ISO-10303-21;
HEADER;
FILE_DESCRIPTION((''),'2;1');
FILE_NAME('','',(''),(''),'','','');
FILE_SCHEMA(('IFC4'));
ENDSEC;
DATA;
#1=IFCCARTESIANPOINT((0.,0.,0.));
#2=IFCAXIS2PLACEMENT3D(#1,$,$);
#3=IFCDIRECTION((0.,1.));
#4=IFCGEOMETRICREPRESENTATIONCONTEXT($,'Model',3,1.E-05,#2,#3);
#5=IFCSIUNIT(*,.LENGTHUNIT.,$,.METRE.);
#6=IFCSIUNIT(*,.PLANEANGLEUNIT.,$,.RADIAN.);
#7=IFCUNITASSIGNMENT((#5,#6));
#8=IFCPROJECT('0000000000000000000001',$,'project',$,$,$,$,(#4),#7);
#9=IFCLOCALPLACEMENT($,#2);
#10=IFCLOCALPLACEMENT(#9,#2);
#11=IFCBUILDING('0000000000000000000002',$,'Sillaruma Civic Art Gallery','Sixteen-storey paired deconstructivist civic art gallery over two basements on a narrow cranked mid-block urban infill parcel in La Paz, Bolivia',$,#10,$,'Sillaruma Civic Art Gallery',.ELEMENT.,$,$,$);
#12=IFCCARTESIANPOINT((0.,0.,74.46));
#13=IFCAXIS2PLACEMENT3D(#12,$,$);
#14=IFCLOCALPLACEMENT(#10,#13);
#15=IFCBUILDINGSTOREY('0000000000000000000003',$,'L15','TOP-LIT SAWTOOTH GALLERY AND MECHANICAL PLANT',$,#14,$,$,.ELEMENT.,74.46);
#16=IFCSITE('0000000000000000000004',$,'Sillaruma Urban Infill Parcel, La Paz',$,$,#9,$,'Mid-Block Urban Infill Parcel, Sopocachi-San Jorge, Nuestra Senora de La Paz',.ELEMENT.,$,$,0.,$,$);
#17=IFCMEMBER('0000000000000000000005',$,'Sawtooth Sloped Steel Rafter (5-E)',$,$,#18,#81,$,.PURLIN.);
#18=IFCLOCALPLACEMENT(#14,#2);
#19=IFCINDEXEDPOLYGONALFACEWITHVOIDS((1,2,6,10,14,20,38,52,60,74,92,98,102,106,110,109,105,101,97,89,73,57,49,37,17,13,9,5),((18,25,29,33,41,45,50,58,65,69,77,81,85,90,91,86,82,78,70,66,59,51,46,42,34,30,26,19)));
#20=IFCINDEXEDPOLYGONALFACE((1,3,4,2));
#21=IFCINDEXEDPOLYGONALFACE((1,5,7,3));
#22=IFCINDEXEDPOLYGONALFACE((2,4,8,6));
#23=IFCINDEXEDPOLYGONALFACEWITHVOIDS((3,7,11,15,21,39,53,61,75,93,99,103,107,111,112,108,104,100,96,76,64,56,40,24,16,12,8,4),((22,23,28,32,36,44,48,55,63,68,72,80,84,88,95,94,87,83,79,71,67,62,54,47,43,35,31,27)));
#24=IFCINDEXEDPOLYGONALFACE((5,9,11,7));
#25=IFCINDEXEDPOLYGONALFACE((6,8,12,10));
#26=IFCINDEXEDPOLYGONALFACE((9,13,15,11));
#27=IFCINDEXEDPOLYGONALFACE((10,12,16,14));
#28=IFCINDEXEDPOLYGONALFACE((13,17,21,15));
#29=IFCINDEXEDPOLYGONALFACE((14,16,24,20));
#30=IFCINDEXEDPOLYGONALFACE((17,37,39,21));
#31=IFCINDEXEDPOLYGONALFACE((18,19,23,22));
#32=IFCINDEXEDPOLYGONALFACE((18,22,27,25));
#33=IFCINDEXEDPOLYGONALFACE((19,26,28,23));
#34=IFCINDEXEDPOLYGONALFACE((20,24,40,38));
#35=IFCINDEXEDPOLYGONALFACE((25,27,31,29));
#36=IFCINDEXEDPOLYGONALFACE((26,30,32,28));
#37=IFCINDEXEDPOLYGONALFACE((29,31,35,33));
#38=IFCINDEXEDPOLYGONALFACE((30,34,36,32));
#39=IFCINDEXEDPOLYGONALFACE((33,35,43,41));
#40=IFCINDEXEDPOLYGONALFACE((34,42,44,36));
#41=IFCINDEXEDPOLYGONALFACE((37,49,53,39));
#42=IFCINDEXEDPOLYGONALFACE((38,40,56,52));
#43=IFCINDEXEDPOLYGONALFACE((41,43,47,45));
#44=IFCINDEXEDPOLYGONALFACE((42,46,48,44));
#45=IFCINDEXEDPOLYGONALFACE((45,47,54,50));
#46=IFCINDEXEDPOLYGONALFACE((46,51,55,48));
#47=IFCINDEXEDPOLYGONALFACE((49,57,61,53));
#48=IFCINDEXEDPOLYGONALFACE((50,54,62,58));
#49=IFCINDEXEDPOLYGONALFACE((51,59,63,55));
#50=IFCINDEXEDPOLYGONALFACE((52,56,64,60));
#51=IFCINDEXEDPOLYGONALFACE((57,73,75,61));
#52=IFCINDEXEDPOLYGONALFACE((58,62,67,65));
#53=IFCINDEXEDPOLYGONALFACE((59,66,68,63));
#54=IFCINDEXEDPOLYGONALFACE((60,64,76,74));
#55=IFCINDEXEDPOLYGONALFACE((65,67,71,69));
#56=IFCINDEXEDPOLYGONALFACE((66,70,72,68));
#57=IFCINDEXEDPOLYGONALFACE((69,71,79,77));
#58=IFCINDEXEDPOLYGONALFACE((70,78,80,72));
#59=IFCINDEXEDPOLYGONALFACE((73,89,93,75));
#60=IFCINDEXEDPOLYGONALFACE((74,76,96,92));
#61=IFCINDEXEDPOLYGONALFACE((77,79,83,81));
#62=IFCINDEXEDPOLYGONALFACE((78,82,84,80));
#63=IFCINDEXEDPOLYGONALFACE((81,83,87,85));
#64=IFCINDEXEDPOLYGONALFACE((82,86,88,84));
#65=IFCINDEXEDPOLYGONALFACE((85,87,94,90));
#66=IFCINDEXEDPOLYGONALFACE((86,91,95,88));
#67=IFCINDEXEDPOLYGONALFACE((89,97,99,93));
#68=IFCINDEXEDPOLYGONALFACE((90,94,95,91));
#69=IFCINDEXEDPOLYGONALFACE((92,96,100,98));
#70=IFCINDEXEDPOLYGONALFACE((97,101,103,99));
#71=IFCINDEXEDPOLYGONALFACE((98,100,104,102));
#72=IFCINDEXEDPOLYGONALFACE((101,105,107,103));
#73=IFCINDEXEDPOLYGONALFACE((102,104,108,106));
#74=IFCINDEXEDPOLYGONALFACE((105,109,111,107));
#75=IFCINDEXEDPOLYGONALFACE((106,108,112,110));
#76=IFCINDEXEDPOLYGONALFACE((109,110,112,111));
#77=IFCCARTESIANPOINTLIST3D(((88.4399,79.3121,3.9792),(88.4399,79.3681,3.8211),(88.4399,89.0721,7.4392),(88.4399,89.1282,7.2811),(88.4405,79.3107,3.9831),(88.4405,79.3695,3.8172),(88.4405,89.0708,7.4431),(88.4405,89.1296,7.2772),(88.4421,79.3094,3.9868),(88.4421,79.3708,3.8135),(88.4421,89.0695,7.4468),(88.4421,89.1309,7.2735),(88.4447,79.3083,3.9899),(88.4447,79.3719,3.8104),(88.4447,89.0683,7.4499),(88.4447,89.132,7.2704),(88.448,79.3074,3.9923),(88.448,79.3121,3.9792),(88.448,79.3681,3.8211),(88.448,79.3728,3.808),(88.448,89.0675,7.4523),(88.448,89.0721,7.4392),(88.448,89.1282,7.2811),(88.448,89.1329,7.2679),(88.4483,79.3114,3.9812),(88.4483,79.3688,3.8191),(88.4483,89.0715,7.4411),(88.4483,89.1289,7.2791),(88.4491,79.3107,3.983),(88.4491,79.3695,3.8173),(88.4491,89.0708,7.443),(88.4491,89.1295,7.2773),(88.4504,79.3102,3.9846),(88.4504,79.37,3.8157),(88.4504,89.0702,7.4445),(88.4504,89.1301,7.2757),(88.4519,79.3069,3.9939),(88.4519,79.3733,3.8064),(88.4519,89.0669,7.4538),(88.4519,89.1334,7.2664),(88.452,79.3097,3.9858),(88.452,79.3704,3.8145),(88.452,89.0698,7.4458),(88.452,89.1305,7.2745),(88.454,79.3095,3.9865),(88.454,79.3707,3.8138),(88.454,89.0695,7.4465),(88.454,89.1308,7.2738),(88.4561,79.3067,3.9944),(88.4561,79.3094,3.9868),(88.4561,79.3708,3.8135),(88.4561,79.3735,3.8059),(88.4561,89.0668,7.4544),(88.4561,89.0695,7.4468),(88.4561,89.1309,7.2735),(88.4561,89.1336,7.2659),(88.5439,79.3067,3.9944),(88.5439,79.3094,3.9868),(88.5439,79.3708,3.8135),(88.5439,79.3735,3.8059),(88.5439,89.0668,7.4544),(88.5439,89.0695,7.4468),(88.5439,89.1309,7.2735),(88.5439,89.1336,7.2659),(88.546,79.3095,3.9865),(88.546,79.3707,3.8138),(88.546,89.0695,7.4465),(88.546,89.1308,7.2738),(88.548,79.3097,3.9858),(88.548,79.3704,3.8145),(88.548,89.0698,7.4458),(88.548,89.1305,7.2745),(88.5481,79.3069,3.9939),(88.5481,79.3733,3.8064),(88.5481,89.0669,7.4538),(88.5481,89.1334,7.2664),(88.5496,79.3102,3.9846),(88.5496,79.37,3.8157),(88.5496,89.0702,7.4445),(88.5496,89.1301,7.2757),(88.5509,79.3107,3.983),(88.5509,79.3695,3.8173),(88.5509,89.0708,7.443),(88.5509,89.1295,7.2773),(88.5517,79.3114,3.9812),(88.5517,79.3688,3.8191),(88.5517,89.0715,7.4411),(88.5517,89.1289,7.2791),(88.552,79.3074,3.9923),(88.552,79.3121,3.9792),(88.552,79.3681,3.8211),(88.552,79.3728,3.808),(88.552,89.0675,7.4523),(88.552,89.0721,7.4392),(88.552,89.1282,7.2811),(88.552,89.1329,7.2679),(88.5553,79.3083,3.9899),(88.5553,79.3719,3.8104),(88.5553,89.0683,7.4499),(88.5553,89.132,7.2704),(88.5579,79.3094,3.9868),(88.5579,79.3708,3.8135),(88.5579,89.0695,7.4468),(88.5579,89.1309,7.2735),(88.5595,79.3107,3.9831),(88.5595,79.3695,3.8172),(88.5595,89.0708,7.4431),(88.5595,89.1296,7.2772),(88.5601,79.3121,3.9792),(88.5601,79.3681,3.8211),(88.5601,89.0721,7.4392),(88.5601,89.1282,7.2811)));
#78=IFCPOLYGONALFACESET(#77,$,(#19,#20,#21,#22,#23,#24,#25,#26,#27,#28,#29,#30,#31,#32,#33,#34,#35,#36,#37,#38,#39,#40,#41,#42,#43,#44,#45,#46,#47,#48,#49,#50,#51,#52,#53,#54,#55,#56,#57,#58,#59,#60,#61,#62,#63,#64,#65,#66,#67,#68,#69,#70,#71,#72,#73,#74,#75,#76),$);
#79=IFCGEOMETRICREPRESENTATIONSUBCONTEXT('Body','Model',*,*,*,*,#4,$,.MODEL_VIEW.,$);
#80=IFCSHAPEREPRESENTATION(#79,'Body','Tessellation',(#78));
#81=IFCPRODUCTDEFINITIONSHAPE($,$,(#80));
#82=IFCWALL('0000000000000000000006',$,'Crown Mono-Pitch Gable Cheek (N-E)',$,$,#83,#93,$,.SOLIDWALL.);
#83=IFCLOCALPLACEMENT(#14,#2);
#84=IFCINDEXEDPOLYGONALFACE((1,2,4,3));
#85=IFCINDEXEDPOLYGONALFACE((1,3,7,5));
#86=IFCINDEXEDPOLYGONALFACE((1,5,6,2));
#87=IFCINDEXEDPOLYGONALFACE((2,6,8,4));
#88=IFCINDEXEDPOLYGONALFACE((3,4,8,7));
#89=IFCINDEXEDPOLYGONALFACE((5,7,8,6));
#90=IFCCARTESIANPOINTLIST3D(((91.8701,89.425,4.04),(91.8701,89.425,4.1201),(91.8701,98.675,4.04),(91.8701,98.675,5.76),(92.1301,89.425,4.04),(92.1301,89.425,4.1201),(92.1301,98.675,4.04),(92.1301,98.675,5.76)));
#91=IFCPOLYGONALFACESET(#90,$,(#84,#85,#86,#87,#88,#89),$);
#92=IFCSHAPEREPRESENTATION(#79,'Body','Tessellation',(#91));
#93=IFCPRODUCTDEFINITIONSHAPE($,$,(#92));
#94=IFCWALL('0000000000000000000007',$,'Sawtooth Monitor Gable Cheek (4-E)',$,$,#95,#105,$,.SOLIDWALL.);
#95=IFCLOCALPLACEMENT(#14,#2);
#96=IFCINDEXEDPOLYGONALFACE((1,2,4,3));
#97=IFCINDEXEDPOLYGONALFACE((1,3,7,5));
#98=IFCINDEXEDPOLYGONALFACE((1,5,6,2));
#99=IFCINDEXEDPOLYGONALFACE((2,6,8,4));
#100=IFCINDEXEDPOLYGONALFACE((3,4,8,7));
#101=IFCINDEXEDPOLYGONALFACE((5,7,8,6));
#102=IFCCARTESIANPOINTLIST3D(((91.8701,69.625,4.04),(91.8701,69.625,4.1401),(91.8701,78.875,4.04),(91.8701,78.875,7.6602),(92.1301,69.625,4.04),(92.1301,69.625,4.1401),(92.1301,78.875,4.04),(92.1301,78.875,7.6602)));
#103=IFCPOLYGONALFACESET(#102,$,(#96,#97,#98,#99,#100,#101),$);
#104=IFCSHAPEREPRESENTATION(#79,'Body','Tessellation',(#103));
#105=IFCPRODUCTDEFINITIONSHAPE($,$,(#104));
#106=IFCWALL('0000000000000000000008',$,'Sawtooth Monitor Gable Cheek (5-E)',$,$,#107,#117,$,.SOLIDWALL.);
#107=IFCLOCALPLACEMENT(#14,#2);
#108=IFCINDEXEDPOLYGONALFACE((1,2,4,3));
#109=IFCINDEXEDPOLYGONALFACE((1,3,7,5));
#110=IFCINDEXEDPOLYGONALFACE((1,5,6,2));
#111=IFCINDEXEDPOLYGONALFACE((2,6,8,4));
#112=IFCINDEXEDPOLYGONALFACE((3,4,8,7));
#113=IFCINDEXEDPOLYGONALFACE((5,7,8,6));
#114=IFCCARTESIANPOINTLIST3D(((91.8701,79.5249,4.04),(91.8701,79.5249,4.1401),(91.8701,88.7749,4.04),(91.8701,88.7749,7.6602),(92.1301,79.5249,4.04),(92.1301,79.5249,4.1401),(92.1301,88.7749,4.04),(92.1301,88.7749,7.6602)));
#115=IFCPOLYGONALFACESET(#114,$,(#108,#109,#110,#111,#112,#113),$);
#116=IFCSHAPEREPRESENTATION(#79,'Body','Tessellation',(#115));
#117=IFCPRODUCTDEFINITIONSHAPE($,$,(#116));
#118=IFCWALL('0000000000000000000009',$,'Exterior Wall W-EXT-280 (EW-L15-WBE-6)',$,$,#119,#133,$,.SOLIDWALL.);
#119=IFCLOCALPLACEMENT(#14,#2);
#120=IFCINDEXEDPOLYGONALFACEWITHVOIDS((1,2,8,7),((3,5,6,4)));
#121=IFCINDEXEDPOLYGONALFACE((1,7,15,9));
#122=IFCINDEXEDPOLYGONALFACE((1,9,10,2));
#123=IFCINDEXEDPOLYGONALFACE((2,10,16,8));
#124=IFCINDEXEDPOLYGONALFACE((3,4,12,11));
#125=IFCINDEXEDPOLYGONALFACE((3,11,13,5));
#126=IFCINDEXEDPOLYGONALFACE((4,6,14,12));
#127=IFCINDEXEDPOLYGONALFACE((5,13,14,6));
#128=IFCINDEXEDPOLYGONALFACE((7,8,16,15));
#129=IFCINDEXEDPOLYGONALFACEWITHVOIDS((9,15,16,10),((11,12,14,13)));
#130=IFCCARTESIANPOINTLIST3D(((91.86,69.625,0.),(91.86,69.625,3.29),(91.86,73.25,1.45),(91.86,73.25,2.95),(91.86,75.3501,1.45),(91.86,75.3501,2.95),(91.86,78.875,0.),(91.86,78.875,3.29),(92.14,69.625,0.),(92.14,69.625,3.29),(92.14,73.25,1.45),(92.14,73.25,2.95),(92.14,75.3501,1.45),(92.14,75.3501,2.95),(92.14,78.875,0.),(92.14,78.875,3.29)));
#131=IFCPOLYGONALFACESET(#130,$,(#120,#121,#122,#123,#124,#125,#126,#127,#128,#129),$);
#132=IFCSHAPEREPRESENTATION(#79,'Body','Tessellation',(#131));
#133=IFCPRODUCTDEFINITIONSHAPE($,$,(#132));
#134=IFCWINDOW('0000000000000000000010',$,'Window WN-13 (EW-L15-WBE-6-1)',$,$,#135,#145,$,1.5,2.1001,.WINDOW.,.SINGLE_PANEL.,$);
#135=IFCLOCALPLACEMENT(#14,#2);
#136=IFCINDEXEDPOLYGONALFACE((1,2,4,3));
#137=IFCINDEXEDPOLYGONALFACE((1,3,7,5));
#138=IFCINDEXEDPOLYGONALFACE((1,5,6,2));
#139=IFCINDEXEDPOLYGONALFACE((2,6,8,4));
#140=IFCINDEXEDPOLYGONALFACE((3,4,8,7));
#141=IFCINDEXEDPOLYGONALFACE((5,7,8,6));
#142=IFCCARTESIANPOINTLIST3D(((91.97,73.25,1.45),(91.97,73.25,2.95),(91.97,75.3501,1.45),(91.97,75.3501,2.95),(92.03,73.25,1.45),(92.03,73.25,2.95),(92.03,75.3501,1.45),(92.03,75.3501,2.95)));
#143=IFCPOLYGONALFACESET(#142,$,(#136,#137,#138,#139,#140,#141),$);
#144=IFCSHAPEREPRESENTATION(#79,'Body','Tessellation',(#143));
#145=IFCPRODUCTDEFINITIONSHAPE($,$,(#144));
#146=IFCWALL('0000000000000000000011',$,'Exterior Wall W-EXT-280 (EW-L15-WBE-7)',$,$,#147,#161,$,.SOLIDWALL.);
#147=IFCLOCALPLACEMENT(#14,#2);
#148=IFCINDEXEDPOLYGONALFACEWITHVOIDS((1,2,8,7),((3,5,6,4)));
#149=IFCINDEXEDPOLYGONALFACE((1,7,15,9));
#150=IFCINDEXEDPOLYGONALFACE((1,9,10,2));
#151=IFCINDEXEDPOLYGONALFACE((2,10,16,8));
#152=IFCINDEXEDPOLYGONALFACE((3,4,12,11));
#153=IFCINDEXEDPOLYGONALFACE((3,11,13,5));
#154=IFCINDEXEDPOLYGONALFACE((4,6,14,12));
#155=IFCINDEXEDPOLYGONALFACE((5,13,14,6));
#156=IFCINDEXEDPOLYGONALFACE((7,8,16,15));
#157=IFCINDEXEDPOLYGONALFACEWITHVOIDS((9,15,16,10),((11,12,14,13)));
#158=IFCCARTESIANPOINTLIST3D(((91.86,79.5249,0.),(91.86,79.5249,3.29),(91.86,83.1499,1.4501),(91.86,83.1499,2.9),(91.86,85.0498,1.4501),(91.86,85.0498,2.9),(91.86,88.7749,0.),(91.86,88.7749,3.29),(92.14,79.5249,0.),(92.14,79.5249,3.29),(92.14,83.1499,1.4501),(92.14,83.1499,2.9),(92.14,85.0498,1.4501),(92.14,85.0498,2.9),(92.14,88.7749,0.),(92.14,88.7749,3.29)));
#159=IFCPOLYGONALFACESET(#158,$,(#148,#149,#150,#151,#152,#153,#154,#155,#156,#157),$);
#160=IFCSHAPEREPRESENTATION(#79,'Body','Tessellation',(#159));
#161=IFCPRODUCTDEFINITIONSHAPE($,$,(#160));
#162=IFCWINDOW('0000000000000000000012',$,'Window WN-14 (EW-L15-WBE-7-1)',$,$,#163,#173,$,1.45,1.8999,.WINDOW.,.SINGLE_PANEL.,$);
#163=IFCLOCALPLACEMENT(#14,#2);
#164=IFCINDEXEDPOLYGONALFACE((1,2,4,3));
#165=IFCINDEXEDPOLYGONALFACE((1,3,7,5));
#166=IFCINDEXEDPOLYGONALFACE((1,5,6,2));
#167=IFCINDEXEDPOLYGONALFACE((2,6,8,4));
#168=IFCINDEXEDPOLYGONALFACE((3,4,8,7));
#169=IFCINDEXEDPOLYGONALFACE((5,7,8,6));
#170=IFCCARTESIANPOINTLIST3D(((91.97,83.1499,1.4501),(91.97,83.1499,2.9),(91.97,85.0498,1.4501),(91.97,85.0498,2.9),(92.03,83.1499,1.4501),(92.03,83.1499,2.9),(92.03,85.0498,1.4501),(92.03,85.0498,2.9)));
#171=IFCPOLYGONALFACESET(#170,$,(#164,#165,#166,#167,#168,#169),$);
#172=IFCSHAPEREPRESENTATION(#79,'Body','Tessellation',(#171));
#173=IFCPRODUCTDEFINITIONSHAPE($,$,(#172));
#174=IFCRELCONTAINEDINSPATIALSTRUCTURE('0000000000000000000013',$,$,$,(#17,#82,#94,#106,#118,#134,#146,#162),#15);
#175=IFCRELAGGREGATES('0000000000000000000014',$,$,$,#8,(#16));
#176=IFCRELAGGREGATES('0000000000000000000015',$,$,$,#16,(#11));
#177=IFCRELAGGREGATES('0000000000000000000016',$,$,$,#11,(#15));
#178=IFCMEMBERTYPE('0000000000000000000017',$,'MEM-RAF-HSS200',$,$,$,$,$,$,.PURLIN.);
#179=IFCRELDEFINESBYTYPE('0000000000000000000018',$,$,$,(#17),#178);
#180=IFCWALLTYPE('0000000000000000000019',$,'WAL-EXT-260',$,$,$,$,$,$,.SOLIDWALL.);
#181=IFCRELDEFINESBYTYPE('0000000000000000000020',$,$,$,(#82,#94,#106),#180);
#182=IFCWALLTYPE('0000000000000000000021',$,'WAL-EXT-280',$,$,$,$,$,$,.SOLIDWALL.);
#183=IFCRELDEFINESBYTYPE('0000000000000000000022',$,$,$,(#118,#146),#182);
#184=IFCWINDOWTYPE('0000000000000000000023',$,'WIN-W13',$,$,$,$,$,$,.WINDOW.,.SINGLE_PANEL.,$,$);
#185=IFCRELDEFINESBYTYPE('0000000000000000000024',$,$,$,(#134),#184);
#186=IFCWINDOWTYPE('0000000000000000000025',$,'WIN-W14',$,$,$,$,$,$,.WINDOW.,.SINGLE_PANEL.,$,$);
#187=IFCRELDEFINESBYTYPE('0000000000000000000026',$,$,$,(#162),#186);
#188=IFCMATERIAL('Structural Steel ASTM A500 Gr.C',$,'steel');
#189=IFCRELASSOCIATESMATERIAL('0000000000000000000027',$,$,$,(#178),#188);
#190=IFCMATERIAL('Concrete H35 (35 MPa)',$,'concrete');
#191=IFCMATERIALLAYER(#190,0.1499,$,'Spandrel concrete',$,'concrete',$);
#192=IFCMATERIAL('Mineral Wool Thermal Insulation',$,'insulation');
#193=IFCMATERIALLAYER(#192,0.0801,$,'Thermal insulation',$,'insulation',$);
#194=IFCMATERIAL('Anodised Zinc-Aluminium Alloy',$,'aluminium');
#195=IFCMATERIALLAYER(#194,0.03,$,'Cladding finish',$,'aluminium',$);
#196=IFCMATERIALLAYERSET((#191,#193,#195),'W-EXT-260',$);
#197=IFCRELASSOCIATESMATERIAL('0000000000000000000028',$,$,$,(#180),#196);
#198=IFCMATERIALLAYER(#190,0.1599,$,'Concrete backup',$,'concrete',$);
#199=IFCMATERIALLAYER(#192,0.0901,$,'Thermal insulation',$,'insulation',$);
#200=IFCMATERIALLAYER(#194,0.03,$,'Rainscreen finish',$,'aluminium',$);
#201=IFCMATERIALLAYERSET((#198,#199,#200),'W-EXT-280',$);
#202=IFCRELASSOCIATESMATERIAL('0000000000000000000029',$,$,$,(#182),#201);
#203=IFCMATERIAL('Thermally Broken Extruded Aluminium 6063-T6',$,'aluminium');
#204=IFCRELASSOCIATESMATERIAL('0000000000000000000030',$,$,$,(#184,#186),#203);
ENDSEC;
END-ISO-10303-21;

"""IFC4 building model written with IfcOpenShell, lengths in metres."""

from ifc_helpers import new_model, si_unit, direction, frame, frame_2d, origin, origin_2d, place, context, subcontext, project, spatial, polyline, rectangle, hollow_rectangle, outline, extrude, material, layer, layer_set, material_profile, profile_set, type_object, element, fill, save


model = new_model("IFC4")

# Units and contexts
model_context = context("Model", 3, precision=1e-05, world=origin(), true_north=direction((0.0, 1.0)))
body_context = subcontext(model_context, "Body", "Model", "MODEL_VIEW")
ifc_project = project(units=[si_unit("LENGTHUNIT", "METRE"), si_unit("PLANEANGLEUNIT", "RADIAN")], contexts=[model_context])

# Site, building, storey
site_placement = place(None, origin())
site = spatial("IfcSite", under=ifc_project, at=site_placement, Name="Sillaruma Urban Infill Parcel, La Paz", LongName="Mid-Block Urban Infill Parcel, Sopocachi-San Jorge, Nuestra Senora de La Paz", CompositionType="ELEMENT", RefElevation=0.0)
building_placement = place(site_placement, origin())
building = spatial("IfcBuilding", under=site, at=building_placement, Name="Sillaruma Civic Art Gallery", Description="Sixteen-storey paired deconstructivist civic art gallery over two basements on a narrow cranked mid-block urban infill parcel in La Paz, Bolivia", LongName="Sillaruma Civic Art Gallery", CompositionType="ELEMENT")
storey_placement = place(building_placement, frame((0.0, 0.0, 74.46)))
storey = spatial("IfcBuildingStorey", under=building, at=storey_placement, Name="L15", Description="TOP-LIT SAWTOOTH GALLERY AND MECHANICAL PLANT", CompositionType="ELEMENT", Elevation=74.46)

# Shared definitions
ifc_material_1 = material(Name="Concrete H35 (35 MPa)", Category="concrete")

# Member
ifc_material_2 = material(Name="Structural Steel ASTM A500 Gr.C", Category="steel")
ifc_material_profile_1 = material_profile(ifc_material_2, hollow_rectangle(XDim=0.1201, YDim=0.2, WallThickness=0.0081, InnerFilletRadius=0.0081, OuterFilletRadius=0.0161, at=origin_2d()), Name="HSS200x120x8")
ifc_profile_set_1 = profile_set([ifc_material_profile_1], Name="Structural Steel ASTM A500 Gr.C")
member_type = type_object("IfcMemberType", Name="MEM-RAF-HSS200", PredefinedType="PURLIN", material=ifc_profile_set_1)
member_1_placement = place(storey_placement, frame((88.5, 79.3401, 3.9001), z_axis=(0.0, 0.942527, 0.33413), x_axis=(-1.0, 0.0, 0.0)))
element("IfcMember", 1, at=member_1_placement, inside=storey, type_object=member_type, Name="Sawtooth Sloped Steel Rafter (5-E)", PredefinedType="PURLIN", context=body_context, shape_type="SweptSolid", body=[
    extrude(hollow_rectangle(XDim=0.1201, YDim=0.2, WallThickness=0.0081, InnerFilletRadius=0.0081, OuterFilletRadius=0.0161, at=origin_2d()), origin(), (0.0, 0.0, 1.0), 10.3552),
])

# Walls
ifc_layer_1 = layer(ifc_material_1, 0.1499, Name="Spandrel concrete", Category="concrete")
ifc_material_3 = material(Name="Mineral Wool Thermal Insulation", Category="insulation")
ifc_layer_2 = layer(ifc_material_3, 0.0801, Name="Thermal insulation", Category="insulation")
ifc_material_4 = material(Name="Anodised Zinc-Aluminium Alloy", Category="aluminium")
ifc_layer_3 = layer(ifc_material_4, 0.03, Name="Cladding finish", Category="aluminium")
ifc_layer_set_1 = layer_set([ifc_layer_1, ifc_layer_2, ifc_layer_3], Name="W-EXT-260")
wall_type_1 = type_object("IfcWallType", Name="WAL-EXT-260", PredefinedType="SOLIDWALL", material=ifc_layer_set_1)
wall_1_placement = place(storey_placement, frame((92.0, 89.425, 4.04), z_axis=(0.0, 0.0, 1.0), x_axis=(0.0, 1.0, 0.0)))
element("IfcWall", 2, at=wall_1_placement, inside=storey, type_object=wall_type_1, Name="Crown Mono-Pitch Gable Cheek (N-E)", PredefinedType="SOLIDWALL", context=body_context, shape_type="SweptSolid", body=[
    extrude(outline(polyline([(0.0, 0.0), (9.25, 0.0), (9.25, 1.72), (0.0, 0.0801), (0.0, 0.0)])), frame((0.0, 0.1299, 0.0), z_axis=(0.0, -1.0, 0.0), x_axis=(1.0, 0.0, 0.0)), (0.0, 0.0, 1.0), 0.26),
])
for number, where, z_axis, x_axis, name in (
    (3, (92.0, 69.625, 4.04), (0.0, 0.0, 1.0), (0.0, 1.0, 0.0), "Sawtooth Monitor Gable Cheek (4-E)"),
    (4, (92.0, 79.5249, 4.04), (0.0, 0.0, 1.0), (0.0, 1.0, 0.0), "Sawtooth Monitor Gable Cheek (5-E)"),
):
    element("IfcWall", number, at=place(storey_placement, frame(where, z_axis=z_axis, x_axis=x_axis)), inside=storey, type_object=wall_type_1, Name=name, PredefinedType="SOLIDWALL", context=body_context, shape_type="SweptSolid", body=[
        extrude(outline(polyline([(0.0, 0.0), (9.25, 0.0), (9.25, 3.6201), (0.0, 0.1001), (0.0, 0.0)])), frame((0.0, 0.1299, 0.0), z_axis=(0.0, -1.0, 0.0), x_axis=(1.0, 0.0, 0.0)), (0.0, 0.0, 1.0), 0.26),
    ])

# Walls, openings, windows
ifc_layer_4 = layer(ifc_material_1, 0.1599, Name="Concrete backup", Category="concrete")
ifc_layer_5 = layer(ifc_material_3, 0.0901, Name="Thermal insulation", Category="insulation")
ifc_layer_6 = layer(ifc_material_4, 0.03, Name="Rainscreen finish", Category="aluminium")
ifc_layer_set_2 = layer_set([ifc_layer_4, ifc_layer_5, ifc_layer_6], Name="W-EXT-280")
wall_type_2 = type_object("IfcWallType", Name="WAL-EXT-280", PredefinedType="SOLIDWALL", material=ifc_layer_set_2)
wall_2_placement = place(storey_placement, frame((92.0, 69.625, 0.0), z_axis=(0.0, 0.0, 1.0), x_axis=(0.0, 1.0, 0.0)))
wall_2 = element("IfcWall", 5, at=wall_2_placement, inside=storey, type_object=wall_type_2, Name="Exterior Wall W-EXT-280 (EW-L15-WBE-6)", PredefinedType="SOLIDWALL", context=body_context, shape_type="SweptSolid", body=[
    extrude(rectangle(XDim=9.25, YDim=0.28, at=frame_2d((4.625, 0.0))), origin(), (0.0, 0.0, 1.0), 3.29),
])
opening_1_placement = place(wall_2_placement, frame((3.625, 0.0, 1.45)))
opening_1 = element("IfcOpeningElement", 6, at=opening_1_placement, cuts=wall_2, PredefinedType="OPENING", context=body_context, shape_type="SweptSolid", body=[
    extrude(rectangle(XDim=2.1001, YDim=1.5, at=frame_2d((1.05, 0.75))), frame((0.0, 0.1499, 0.0), z_axis=(0.0, -1.0, 0.0), x_axis=(1.0, 0.0, 0.0)), (0.0, 0.0, 1.0), 0.3),
])
ifc_material_5 = material(Name="Thermally Broken Extruded Aluminium 6063-T6", Category="aluminium")
window_type_1 = type_object("IfcWindowType", Name="WIN-W13", PartitioningType="SINGLE_PANEL", PredefinedType="WINDOW", material=ifc_material_5)
window_1_placement = place(opening_1_placement, origin())
window_1 = element("IfcWindow", 7, at=window_1_placement, inside=storey, type_object=window_type_1, Name="Window WN-13 (EW-L15-WBE-6-1)", OverallHeight=1.5, OverallWidth=2.1001, PartitioningType="SINGLE_PANEL", PredefinedType="WINDOW", context=body_context, shape_type="SweptSolid", body=[
    extrude(rectangle(XDim=2.1001, YDim=1.5, at=frame_2d((1.05, 0.75))), frame((0.0, 0.03, 0.0), z_axis=(0.0, -1.0, 0.0), x_axis=(1.0, 0.0, 0.0)), (0.0, 0.0, 1.0), 0.0601),
])
fill(opening_1, window_1)
wall_3_placement = place(storey_placement, frame((92.0, 79.5249, 0.0), z_axis=(0.0, 0.0, 1.0), x_axis=(0.0, 1.0, 0.0)))
wall_3 = element("IfcWall", 8, at=wall_3_placement, inside=storey, type_object=wall_type_2, Name="Exterior Wall W-EXT-280 (EW-L15-WBE-7)", PredefinedType="SOLIDWALL", context=body_context, shape_type="SweptSolid", body=[
    extrude(rectangle(XDim=9.25, YDim=0.28, at=frame_2d((4.625, 0.0))), origin(), (0.0, 0.0, 1.0), 3.29),
])
opening_2_placement = place(wall_3_placement, frame((3.625, 0.0, 1.45)))
opening_2 = element("IfcOpeningElement", 9, at=opening_2_placement, cuts=wall_3, PredefinedType="OPENING", context=body_context, shape_type="SweptSolid", body=[
    extrude(rectangle(XDim=1.8999, YDim=1.45, at=frame_2d((0.95, 0.7251))), frame((0.0, 0.1499, 0.0), z_axis=(0.0, -1.0, 0.0), x_axis=(1.0, 0.0, 0.0)), (0.0, 0.0, 1.0), 0.3),
])
window_type_2 = type_object("IfcWindowType", Name="WIN-W14", PartitioningType="SINGLE_PANEL", PredefinedType="WINDOW", material=ifc_material_5)
window_2_placement = place(opening_2_placement, origin())
window_2 = element("IfcWindow", 10, at=window_2_placement, inside=storey, type_object=window_type_2, Name="Window WN-14 (EW-L15-WBE-7-1)", OverallHeight=1.45, OverallWidth=1.8999, PartitioningType="SINGLE_PANEL", PredefinedType="WINDOW", context=body_context, shape_type="SweptSolid", body=[
    extrude(rectangle(XDim=1.8999, YDim=1.45, at=frame_2d((0.95, 0.7251))), frame((0.0, 0.03, 0.0), z_axis=(0.0, -1.0, 0.0), x_axis=(1.0, 0.0, 0.0)), (0.0, 0.0, 1.0), 0.0601),
])
fill(opening_2, window_2)

save(model, "model.ifc")
